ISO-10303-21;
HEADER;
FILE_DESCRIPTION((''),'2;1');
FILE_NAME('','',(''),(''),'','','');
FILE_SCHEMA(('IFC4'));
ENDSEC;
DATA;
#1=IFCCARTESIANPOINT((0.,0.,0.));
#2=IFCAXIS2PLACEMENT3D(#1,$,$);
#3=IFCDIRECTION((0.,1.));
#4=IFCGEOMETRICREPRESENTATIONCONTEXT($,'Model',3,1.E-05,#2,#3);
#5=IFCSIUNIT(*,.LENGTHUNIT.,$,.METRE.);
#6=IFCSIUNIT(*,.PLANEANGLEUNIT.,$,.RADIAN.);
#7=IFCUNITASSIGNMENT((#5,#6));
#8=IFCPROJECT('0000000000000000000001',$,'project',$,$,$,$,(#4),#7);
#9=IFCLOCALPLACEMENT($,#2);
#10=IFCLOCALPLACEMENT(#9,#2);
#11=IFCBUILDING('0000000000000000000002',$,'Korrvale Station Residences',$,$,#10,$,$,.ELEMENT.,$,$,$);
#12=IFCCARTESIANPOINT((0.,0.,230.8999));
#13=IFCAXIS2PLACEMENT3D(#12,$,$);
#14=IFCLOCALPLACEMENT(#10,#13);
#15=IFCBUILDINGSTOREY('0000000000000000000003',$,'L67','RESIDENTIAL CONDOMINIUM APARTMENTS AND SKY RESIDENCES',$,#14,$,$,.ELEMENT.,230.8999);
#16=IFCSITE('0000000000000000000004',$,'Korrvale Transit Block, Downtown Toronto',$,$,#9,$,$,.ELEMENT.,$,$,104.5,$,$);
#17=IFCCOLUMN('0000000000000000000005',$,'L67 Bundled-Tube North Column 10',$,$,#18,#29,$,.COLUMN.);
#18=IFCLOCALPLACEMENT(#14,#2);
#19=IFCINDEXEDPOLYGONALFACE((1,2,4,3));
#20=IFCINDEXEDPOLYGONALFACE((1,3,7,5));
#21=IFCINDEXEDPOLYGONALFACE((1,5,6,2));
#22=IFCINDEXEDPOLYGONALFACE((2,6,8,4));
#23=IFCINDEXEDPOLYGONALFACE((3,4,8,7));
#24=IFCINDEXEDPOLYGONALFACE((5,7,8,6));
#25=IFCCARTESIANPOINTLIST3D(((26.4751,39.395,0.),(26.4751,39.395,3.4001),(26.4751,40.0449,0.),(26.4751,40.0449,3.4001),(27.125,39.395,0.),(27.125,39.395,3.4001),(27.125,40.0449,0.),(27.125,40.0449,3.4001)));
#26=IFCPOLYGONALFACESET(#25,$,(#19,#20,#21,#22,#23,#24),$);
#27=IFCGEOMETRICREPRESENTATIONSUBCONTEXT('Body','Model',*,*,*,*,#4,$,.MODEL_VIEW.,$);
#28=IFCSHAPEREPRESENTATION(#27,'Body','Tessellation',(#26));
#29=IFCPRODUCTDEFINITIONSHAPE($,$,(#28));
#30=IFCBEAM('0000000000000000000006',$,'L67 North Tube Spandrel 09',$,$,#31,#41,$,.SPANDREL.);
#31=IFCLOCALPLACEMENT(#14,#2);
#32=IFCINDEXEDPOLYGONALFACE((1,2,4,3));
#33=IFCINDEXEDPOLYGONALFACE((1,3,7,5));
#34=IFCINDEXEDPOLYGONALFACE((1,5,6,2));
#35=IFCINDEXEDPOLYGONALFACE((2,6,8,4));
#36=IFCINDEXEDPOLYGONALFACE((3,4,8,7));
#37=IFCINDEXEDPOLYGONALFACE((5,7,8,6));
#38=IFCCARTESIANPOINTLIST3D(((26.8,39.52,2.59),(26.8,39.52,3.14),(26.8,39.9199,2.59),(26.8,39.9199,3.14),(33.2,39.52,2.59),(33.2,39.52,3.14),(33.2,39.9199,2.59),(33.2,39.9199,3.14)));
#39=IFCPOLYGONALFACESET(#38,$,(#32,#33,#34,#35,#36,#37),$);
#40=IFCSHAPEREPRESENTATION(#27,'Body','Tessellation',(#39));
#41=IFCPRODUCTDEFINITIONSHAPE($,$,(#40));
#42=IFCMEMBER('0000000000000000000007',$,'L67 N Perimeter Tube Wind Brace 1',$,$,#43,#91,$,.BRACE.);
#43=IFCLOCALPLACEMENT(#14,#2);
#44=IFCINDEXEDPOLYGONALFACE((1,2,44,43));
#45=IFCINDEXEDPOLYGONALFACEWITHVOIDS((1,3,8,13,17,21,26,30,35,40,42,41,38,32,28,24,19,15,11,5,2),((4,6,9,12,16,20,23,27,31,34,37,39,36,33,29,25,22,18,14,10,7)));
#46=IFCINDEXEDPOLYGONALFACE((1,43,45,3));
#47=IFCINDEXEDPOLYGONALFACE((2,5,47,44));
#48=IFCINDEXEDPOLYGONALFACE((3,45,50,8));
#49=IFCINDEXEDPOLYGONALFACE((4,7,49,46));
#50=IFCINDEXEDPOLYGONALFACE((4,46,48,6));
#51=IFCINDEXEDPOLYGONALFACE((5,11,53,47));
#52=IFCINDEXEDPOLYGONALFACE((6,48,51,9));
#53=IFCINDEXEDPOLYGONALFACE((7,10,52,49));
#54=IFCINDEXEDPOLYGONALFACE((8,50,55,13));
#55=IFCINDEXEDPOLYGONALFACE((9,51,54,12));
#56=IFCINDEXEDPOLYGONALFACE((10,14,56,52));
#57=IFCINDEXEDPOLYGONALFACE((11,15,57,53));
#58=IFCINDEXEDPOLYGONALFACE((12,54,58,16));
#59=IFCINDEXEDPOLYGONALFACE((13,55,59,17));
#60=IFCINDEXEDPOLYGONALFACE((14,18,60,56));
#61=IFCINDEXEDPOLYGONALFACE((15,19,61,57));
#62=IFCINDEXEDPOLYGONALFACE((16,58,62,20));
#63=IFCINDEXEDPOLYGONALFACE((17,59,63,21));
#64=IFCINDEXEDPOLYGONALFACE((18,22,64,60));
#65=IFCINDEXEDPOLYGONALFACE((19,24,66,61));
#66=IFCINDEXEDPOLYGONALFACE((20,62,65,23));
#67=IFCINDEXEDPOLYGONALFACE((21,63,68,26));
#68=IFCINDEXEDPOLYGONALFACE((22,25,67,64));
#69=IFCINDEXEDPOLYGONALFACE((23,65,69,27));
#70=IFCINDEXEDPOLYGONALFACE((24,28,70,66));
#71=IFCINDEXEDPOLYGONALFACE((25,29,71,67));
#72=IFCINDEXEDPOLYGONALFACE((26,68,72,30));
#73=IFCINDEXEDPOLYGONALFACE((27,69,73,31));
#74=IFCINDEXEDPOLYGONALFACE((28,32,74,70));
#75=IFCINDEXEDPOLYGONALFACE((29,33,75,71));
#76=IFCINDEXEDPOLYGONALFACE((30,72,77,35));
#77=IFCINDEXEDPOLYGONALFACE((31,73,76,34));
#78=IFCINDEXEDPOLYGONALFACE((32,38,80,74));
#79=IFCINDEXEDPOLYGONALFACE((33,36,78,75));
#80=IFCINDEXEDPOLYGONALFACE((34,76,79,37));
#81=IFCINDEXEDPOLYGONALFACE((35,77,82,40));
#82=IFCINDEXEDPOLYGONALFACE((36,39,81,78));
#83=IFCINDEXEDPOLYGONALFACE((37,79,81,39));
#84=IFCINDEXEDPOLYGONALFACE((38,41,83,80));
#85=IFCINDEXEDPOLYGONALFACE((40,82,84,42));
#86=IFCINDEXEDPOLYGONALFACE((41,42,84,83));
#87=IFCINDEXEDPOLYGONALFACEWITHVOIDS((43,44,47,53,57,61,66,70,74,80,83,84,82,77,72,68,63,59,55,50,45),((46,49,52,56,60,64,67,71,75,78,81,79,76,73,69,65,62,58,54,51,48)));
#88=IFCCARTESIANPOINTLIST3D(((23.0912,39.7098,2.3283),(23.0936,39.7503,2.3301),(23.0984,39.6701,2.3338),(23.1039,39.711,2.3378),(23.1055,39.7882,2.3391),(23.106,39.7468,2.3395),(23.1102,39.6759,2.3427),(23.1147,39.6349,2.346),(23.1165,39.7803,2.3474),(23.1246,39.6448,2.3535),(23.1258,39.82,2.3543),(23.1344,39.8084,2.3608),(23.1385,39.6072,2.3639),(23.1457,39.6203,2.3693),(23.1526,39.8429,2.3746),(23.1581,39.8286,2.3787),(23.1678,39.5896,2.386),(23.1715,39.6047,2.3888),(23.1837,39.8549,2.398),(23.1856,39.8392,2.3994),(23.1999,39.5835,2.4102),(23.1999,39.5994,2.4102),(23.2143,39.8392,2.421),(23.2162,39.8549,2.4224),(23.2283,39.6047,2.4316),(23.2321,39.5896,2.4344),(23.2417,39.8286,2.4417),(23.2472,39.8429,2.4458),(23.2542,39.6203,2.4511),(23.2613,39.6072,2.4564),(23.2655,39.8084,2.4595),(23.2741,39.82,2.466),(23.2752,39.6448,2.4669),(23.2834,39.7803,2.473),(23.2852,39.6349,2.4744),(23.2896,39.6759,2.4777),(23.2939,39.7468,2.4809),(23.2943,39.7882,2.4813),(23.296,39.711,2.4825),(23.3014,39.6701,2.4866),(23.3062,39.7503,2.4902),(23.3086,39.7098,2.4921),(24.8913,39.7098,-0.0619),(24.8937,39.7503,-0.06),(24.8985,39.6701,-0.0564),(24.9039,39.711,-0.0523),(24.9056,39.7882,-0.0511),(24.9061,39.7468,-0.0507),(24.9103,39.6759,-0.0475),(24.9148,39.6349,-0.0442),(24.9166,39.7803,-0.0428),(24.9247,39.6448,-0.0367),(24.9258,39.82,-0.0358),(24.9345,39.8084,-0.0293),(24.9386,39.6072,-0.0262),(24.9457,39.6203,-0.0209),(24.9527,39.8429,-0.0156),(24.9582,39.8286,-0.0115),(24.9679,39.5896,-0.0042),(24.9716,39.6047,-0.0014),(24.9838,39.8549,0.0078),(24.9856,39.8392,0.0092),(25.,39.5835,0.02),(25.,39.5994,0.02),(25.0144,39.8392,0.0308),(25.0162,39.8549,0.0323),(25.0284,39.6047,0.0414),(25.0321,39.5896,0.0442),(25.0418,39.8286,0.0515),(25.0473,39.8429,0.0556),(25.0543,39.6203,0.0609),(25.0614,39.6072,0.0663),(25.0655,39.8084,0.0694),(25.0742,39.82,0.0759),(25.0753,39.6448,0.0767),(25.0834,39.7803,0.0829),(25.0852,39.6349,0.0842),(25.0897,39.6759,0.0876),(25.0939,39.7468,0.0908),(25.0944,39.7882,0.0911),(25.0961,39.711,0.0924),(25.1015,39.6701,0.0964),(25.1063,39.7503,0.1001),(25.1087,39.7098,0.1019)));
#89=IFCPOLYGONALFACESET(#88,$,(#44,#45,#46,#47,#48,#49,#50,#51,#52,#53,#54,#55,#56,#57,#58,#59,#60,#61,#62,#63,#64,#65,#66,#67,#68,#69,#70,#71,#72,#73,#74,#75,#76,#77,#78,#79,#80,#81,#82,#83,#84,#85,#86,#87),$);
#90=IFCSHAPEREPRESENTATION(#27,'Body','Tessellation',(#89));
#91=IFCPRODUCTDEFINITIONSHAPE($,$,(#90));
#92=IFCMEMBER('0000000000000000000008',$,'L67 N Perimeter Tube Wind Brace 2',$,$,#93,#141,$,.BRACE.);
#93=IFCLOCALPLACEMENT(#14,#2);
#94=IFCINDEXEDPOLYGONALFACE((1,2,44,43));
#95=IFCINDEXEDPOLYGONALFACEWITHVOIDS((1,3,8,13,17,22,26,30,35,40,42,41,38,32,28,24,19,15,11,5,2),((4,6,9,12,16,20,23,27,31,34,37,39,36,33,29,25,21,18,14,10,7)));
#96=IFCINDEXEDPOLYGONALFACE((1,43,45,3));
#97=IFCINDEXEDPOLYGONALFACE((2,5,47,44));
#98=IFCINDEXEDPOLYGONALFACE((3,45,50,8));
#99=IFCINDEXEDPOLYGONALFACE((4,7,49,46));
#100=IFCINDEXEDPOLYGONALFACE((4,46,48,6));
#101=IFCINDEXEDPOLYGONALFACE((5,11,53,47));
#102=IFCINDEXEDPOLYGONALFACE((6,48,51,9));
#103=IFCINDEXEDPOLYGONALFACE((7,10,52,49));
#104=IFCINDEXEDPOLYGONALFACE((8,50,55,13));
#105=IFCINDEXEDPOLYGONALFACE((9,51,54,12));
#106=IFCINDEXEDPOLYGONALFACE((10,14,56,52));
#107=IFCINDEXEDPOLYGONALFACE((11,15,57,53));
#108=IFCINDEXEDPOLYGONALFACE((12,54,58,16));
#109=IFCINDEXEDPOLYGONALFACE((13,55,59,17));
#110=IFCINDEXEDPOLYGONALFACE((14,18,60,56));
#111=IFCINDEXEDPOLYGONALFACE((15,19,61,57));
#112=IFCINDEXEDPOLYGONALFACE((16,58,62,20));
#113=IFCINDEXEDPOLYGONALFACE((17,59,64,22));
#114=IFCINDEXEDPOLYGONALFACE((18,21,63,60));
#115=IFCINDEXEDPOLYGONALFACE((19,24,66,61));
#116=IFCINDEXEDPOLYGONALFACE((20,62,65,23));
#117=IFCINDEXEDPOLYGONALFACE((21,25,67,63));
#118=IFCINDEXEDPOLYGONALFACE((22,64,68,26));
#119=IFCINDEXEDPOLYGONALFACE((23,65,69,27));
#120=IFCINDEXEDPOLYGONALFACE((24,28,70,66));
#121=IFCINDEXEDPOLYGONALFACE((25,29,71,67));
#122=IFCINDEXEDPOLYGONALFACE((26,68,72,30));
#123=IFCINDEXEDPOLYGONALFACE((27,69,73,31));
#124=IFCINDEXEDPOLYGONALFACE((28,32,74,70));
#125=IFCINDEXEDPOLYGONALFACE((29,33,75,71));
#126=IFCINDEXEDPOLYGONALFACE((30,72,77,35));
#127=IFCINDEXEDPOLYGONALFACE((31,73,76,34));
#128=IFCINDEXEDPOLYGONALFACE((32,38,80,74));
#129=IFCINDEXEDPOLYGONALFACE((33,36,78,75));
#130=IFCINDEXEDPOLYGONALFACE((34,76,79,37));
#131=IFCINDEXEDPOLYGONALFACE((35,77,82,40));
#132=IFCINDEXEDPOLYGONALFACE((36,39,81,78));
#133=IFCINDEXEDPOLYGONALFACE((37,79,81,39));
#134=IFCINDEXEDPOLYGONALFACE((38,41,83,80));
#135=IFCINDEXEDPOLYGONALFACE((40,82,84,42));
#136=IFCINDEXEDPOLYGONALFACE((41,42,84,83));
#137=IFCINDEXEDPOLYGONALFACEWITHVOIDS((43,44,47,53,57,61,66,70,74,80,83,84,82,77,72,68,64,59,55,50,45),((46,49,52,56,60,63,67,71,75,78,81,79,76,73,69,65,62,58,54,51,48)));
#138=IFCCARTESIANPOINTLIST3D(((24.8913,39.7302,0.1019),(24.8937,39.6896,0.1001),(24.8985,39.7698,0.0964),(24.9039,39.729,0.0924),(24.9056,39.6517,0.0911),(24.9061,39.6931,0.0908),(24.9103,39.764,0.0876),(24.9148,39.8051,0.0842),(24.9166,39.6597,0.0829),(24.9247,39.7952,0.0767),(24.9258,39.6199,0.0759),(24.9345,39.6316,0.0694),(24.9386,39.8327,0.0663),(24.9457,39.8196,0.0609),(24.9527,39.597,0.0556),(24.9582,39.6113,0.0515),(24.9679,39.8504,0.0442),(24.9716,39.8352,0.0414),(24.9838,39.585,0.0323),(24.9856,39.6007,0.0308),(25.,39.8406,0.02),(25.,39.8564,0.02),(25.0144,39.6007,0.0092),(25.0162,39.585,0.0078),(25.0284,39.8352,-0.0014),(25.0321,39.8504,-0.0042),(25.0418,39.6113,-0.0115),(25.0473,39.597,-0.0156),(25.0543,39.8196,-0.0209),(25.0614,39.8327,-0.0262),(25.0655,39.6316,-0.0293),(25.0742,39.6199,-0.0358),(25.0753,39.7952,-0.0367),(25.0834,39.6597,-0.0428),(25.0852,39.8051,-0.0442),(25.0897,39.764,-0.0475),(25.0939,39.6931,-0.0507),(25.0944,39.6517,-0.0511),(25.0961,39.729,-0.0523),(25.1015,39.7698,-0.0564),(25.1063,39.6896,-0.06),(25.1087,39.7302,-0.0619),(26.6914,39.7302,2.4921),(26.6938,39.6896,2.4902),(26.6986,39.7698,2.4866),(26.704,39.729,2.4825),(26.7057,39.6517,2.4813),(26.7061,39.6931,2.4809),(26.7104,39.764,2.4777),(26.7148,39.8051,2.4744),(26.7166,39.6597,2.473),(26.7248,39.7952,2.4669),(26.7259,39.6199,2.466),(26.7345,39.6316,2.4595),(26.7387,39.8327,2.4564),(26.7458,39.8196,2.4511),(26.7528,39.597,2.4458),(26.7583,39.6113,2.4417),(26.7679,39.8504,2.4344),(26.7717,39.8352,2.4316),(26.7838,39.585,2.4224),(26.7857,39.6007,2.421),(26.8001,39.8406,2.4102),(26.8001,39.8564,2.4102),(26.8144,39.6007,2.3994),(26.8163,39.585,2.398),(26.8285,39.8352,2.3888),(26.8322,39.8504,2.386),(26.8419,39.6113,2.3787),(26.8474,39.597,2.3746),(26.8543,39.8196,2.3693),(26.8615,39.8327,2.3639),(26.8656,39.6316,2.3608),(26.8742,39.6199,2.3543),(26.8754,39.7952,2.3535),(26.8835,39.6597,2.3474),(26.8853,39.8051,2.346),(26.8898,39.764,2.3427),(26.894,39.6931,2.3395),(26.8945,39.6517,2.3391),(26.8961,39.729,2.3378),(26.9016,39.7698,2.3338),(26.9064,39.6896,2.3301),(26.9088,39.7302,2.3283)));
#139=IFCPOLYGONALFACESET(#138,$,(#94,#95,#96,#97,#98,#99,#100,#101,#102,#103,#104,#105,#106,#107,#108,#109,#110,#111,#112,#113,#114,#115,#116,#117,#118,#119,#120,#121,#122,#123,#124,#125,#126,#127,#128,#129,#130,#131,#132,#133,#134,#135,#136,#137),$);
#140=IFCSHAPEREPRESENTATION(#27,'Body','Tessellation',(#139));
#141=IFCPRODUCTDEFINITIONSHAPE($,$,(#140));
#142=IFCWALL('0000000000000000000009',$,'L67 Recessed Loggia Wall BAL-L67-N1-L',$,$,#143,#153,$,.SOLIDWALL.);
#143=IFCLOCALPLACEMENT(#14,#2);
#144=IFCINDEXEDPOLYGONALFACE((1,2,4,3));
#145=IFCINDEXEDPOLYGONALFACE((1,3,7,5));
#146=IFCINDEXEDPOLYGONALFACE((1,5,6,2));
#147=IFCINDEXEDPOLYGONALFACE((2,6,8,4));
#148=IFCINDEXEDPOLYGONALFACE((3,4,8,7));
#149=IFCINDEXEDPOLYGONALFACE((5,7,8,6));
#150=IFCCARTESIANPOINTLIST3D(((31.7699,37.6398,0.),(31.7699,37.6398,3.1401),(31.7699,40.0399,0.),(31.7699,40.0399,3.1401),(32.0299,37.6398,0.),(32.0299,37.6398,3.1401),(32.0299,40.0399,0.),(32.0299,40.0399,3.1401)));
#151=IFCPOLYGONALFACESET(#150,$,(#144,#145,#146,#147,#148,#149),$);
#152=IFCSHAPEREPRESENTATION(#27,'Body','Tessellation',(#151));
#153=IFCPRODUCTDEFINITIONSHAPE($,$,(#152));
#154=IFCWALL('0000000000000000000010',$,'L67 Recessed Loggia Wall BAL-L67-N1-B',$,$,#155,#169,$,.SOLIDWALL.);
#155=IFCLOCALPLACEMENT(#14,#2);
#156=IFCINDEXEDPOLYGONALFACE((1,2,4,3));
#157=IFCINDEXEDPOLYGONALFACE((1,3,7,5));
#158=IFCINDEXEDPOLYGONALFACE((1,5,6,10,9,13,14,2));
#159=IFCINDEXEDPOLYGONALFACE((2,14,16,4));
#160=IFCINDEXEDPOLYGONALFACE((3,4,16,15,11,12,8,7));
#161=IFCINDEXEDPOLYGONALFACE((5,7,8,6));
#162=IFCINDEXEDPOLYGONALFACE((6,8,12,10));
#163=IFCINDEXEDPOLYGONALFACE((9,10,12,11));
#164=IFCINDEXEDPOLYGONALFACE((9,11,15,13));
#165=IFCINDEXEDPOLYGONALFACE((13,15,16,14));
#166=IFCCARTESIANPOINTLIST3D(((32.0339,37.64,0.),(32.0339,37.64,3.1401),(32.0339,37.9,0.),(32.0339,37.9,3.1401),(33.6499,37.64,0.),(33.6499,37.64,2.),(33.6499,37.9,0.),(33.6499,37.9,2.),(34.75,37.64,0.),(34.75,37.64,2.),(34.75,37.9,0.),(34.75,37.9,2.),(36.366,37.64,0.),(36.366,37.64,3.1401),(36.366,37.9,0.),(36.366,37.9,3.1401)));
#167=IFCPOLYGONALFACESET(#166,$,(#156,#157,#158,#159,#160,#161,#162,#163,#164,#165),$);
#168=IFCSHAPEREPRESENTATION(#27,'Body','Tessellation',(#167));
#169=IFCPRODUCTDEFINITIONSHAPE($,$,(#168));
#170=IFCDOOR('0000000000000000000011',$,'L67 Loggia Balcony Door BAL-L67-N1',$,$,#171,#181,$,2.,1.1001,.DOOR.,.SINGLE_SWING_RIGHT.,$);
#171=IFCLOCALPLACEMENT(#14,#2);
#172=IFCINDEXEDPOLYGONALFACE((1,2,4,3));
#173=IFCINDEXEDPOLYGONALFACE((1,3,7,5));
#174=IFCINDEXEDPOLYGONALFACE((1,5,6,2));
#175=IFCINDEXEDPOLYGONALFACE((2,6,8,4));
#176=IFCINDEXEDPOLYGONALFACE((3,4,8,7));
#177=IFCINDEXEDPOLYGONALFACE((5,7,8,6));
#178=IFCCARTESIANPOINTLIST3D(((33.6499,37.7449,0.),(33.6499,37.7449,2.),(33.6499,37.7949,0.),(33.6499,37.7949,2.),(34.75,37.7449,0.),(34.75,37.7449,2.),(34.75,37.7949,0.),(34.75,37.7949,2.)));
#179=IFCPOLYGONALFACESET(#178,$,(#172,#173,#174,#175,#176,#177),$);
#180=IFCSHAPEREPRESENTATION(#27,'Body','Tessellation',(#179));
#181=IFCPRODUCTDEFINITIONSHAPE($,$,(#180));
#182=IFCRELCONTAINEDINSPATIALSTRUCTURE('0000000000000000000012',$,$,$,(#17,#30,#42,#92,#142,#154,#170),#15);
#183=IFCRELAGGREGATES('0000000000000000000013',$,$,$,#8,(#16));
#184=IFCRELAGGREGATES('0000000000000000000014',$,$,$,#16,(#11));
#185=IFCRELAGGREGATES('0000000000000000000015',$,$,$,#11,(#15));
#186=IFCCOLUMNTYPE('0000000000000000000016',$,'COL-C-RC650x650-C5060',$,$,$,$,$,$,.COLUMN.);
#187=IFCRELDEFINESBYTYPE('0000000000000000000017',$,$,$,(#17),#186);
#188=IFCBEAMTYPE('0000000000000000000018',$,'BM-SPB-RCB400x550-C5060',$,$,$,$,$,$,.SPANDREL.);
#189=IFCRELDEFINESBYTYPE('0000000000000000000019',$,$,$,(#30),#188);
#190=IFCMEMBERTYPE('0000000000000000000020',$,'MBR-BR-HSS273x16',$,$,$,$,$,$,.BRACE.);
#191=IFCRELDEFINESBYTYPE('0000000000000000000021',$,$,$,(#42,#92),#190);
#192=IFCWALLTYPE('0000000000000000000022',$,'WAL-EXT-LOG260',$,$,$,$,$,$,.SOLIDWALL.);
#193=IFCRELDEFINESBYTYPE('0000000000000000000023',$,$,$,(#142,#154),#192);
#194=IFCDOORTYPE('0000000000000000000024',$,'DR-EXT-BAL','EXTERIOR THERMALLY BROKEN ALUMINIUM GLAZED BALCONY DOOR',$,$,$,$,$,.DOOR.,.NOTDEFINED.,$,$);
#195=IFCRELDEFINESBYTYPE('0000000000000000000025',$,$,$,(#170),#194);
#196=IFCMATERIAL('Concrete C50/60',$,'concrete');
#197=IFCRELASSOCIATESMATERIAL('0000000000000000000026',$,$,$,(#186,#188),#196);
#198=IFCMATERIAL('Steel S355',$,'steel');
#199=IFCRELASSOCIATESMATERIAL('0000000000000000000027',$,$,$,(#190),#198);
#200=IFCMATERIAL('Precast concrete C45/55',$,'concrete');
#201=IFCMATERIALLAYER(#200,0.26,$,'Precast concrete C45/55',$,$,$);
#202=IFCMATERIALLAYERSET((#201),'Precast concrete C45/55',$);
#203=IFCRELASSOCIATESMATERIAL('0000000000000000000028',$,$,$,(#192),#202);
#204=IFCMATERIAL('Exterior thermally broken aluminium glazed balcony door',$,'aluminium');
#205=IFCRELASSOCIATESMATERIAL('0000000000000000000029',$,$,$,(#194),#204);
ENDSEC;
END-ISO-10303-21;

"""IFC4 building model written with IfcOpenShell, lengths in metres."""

from ifc_helpers import new_model, si_unit, direction, frame, frame_2d, origin, origin_2d, place, context, subcontext, project, spatial, rectangle, hollow_circle, extrude, material, layer, layer_set, material_profile, profile_set, type_object, element, fill, save


model = new_model("IFC4")

# Units and contexts
model_context = context("Model", 3, precision=1e-05, world=origin(), true_north=direction((0.0, 1.0)))
body_context = subcontext(model_context, "Body", "Model", "MODEL_VIEW")
ifc_project = project(units=[si_unit("LENGTHUNIT", "METRE"), si_unit("PLANEANGLEUNIT", "RADIAN")], contexts=[model_context])

# Site, building, storey
site_placement = place(None, origin())
site = spatial("IfcSite", under=ifc_project, at=site_placement, Name="Korrvale Transit Block, Downtown Toronto", CompositionType="ELEMENT", RefElevation=104.5)
building_placement = place(site_placement, origin())
building = spatial("IfcBuilding", under=site, at=building_placement, Name="Korrvale Station Residences", CompositionType="ELEMENT")
storey_placement = place(building_placement, frame((0.0, 0.0, 230.8999)))
storey = spatial("IfcBuildingStorey", under=building, at=storey_placement, Name="L67", Description="RESIDENTIAL CONDOMINIUM APARTMENTS AND SKY RESIDENCES", CompositionType="ELEMENT", Elevation=230.8999)

# Column
ifc_material_1 = material(Name="Concrete C50/60", Category="concrete")
ifc_material_profile_1 = material_profile(ifc_material_1, rectangle(XDim=0.6499, YDim=0.6499, at=origin_2d()), Name="RC650x650")
ifc_profile_set_1 = profile_set([ifc_material_profile_1], Name="Concrete C50/60")
column_type = type_object("IfcColumnType", Name="COL-C-RC650x650-C5060", PredefinedType="COLUMN", material=ifc_profile_set_1)
column_placement = place(storey_placement, frame((26.8, 39.72, 0.0), z_axis=(0.0, 0.0, 1.0), x_axis=(1.0, 0.0, 0.0)))
element("IfcColumn", 1, at=column_placement, inside=storey, type_object=column_type, Name="L67 Bundled-Tube North Column 10", PredefinedType="COLUMN", context=body_context, shape_type="SweptSolid", body=[
    extrude(rectangle(XDim=0.6499, YDim=0.6499, at=origin_2d()), origin(), (0.0, 0.0, 1.0), 3.4001),
])

# Beam
ifc_material_profile_2 = material_profile(ifc_material_1, rectangle(XDim=0.3999, YDim=0.55, at=origin_2d()), Name="RCB400x550")
ifc_profile_set_2 = profile_set([ifc_material_profile_2], Name="Concrete C50/60")
beam_type = type_object("IfcBeamType", Name="BM-SPB-RCB400x550-C5060", PredefinedType="SPANDREL", material=ifc_profile_set_2)
beam_placement = place(storey_placement, frame((26.8, 39.72, 2.865), z_axis=(1.0, 0.0, 0.0), x_axis=(0.0, 1.0, 0.0)))
element("IfcBeam", 2, at=beam_placement, inside=storey, type_object=beam_type, Name="L67 North Tube Spandrel 09", PredefinedType="SPANDREL", context=body_context, shape_type="SweptSolid", body=[
    extrude(rectangle(XDim=0.3999, YDim=0.55, at=origin_2d()), origin(), (0.0, 0.0, 1.0), 6.3999),
])

# Members
ifc_material_2 = material(Name="Steel S355", Category="steel")
ifc_material_profile_3 = material_profile(ifc_material_2, hollow_circle(Radius=0.1365, WallThickness=0.0159, at=origin_2d()), Name="HSS273x16")
ifc_profile_set_3 = profile_set([ifc_material_profile_3], Name="Steel S355")
member_type = type_object("IfcMemberType", Name="MBR-BR-HSS273x16", PredefinedType="BRACE", material=ifc_profile_set_3)
for number, where, z_axis, x_axis, name in (
    (3, (25.0, 39.72, 0.02), (-0.601592, 0.0, 0.798804), (0.0, -1.0, 0.0), "L67 N Perimeter Tube Wind Brace 1"),
    (4, (25.0, 39.72, 0.02), (0.601592, 0.0, 0.798804), (0.0, 1.0, 0.0), "L67 N Perimeter Tube Wind Brace 2"),
):
    element("IfcMember", number, at=place(storey_placement, frame(where, z_axis=z_axis, x_axis=x_axis)), inside=storey, type_object=member_type, Name=name, PredefinedType="BRACE", context=body_context, shape_type="SweptSolid", body=[
        extrude(hollow_circle(Radius=0.1365, WallThickness=0.0159, at=origin_2d()), origin(), (0.0, 0.0, 1.0), 2.9922),
    ])

# Wall
ifc_material_3 = material(Name="Precast concrete C45/55", Category="concrete")
ifc_layer_1 = layer(ifc_material_3, 0.26, Name="Precast concrete C45/55")
ifc_layer_set_1 = layer_set([ifc_layer_1], Name="Precast concrete C45/55")
wall_type_1 = type_object("IfcWallType", Name="WAL-EXT-LOG260", PredefinedType="SOLIDWALL", material=ifc_layer_set_1)
wall_1_placement = place(storey_placement, frame((31.8999, 40.04, 0.0), z_axis=(0.0, 0.0, 1.0), x_axis=(0.0, -1.0, 0.0)))
element("IfcWall", 5, at=wall_1_placement, inside=storey, type_object=wall_type_1, Name="L67 Recessed Loggia Wall BAL-L67-N1-L", PredefinedType="SOLIDWALL", context=body_context, shape_type="SweptSolid", body=[
    extrude(rectangle(XDim=2.4001, YDim=0.26, at=frame_2d((1.2002, 0.0))), origin(), (0.0, 0.0, 1.0), 3.1401),
])

# Wall, opening, door
wall_2_placement = place(storey_placement, frame((32.0339, 37.77, 0.0), z_axis=(0.0, 0.0, 1.0), x_axis=(1.0, 0.0, 0.0)))
wall_2 = element("IfcWall", 6, at=wall_2_placement, inside=storey, type_object=wall_type_1, Name="L67 Recessed Loggia Wall BAL-L67-N1-B", PredefinedType="SOLIDWALL", context=body_context, shape_type="SweptSolid", body=[
    extrude(rectangle(XDim=4.332, YDim=0.26, at=frame_2d((2.166, 0.0))), origin(), (0.0, 0.0, 1.0), 3.1401),
])
opening_1_placement = place(wall_2_placement, frame((1.616, 0.0, 0.0)))
opening_1 = element("IfcOpeningElement", 7, at=opening_1_placement, cuts=wall_2, PredefinedType="OPENING", context=body_context, shape_type="SweptSolid", body=[
    extrude(rectangle(XDim=1.1001, YDim=2.0, at=frame_2d((0.55, 1.0))), frame((0.0, 0.1401, 0.0), z_axis=(0.0, -1.0, 0.0), x_axis=(1.0, 0.0, 0.0)), (0.0, 0.0, 1.0), 0.28),
])
ifc_material_4 = material(Name="Exterior thermally broken aluminium glazed balcony door", Category="aluminium")
door_type_1 = type_object("IfcDoorType", Name="DR-EXT-BAL", Description="EXTERIOR THERMALLY BROKEN ALUMINIUM GLAZED BALCONY DOOR", OperationType="NOTDEFINED", PredefinedType="DOOR", material=ifc_material_4)
door_1_placement = place(opening_1_placement, origin())
door_1 = element("IfcDoor", 8, at=door_1_placement, inside=storey, type_object=door_type_1, Name="L67 Loggia Balcony Door BAL-L67-N1", OperationType="SINGLE_SWING_RIGHT", OverallHeight=2.0, OverallWidth=1.1001, PredefinedType="DOOR", context=body_context, shape_type="SweptSolid", body=[
    extrude(rectangle(XDim=1.1001, YDim=2.0, at=frame_2d((0.55, 1.0))), frame((0.0, 0.0249, 0.0), z_axis=(0.0, -1.0, 0.0), x_axis=(1.0, 0.0, 0.0)), (0.0, 0.0, 1.0), 0.05),
])
fill(opening_1, door_1)

save(model, "model.ifc")
